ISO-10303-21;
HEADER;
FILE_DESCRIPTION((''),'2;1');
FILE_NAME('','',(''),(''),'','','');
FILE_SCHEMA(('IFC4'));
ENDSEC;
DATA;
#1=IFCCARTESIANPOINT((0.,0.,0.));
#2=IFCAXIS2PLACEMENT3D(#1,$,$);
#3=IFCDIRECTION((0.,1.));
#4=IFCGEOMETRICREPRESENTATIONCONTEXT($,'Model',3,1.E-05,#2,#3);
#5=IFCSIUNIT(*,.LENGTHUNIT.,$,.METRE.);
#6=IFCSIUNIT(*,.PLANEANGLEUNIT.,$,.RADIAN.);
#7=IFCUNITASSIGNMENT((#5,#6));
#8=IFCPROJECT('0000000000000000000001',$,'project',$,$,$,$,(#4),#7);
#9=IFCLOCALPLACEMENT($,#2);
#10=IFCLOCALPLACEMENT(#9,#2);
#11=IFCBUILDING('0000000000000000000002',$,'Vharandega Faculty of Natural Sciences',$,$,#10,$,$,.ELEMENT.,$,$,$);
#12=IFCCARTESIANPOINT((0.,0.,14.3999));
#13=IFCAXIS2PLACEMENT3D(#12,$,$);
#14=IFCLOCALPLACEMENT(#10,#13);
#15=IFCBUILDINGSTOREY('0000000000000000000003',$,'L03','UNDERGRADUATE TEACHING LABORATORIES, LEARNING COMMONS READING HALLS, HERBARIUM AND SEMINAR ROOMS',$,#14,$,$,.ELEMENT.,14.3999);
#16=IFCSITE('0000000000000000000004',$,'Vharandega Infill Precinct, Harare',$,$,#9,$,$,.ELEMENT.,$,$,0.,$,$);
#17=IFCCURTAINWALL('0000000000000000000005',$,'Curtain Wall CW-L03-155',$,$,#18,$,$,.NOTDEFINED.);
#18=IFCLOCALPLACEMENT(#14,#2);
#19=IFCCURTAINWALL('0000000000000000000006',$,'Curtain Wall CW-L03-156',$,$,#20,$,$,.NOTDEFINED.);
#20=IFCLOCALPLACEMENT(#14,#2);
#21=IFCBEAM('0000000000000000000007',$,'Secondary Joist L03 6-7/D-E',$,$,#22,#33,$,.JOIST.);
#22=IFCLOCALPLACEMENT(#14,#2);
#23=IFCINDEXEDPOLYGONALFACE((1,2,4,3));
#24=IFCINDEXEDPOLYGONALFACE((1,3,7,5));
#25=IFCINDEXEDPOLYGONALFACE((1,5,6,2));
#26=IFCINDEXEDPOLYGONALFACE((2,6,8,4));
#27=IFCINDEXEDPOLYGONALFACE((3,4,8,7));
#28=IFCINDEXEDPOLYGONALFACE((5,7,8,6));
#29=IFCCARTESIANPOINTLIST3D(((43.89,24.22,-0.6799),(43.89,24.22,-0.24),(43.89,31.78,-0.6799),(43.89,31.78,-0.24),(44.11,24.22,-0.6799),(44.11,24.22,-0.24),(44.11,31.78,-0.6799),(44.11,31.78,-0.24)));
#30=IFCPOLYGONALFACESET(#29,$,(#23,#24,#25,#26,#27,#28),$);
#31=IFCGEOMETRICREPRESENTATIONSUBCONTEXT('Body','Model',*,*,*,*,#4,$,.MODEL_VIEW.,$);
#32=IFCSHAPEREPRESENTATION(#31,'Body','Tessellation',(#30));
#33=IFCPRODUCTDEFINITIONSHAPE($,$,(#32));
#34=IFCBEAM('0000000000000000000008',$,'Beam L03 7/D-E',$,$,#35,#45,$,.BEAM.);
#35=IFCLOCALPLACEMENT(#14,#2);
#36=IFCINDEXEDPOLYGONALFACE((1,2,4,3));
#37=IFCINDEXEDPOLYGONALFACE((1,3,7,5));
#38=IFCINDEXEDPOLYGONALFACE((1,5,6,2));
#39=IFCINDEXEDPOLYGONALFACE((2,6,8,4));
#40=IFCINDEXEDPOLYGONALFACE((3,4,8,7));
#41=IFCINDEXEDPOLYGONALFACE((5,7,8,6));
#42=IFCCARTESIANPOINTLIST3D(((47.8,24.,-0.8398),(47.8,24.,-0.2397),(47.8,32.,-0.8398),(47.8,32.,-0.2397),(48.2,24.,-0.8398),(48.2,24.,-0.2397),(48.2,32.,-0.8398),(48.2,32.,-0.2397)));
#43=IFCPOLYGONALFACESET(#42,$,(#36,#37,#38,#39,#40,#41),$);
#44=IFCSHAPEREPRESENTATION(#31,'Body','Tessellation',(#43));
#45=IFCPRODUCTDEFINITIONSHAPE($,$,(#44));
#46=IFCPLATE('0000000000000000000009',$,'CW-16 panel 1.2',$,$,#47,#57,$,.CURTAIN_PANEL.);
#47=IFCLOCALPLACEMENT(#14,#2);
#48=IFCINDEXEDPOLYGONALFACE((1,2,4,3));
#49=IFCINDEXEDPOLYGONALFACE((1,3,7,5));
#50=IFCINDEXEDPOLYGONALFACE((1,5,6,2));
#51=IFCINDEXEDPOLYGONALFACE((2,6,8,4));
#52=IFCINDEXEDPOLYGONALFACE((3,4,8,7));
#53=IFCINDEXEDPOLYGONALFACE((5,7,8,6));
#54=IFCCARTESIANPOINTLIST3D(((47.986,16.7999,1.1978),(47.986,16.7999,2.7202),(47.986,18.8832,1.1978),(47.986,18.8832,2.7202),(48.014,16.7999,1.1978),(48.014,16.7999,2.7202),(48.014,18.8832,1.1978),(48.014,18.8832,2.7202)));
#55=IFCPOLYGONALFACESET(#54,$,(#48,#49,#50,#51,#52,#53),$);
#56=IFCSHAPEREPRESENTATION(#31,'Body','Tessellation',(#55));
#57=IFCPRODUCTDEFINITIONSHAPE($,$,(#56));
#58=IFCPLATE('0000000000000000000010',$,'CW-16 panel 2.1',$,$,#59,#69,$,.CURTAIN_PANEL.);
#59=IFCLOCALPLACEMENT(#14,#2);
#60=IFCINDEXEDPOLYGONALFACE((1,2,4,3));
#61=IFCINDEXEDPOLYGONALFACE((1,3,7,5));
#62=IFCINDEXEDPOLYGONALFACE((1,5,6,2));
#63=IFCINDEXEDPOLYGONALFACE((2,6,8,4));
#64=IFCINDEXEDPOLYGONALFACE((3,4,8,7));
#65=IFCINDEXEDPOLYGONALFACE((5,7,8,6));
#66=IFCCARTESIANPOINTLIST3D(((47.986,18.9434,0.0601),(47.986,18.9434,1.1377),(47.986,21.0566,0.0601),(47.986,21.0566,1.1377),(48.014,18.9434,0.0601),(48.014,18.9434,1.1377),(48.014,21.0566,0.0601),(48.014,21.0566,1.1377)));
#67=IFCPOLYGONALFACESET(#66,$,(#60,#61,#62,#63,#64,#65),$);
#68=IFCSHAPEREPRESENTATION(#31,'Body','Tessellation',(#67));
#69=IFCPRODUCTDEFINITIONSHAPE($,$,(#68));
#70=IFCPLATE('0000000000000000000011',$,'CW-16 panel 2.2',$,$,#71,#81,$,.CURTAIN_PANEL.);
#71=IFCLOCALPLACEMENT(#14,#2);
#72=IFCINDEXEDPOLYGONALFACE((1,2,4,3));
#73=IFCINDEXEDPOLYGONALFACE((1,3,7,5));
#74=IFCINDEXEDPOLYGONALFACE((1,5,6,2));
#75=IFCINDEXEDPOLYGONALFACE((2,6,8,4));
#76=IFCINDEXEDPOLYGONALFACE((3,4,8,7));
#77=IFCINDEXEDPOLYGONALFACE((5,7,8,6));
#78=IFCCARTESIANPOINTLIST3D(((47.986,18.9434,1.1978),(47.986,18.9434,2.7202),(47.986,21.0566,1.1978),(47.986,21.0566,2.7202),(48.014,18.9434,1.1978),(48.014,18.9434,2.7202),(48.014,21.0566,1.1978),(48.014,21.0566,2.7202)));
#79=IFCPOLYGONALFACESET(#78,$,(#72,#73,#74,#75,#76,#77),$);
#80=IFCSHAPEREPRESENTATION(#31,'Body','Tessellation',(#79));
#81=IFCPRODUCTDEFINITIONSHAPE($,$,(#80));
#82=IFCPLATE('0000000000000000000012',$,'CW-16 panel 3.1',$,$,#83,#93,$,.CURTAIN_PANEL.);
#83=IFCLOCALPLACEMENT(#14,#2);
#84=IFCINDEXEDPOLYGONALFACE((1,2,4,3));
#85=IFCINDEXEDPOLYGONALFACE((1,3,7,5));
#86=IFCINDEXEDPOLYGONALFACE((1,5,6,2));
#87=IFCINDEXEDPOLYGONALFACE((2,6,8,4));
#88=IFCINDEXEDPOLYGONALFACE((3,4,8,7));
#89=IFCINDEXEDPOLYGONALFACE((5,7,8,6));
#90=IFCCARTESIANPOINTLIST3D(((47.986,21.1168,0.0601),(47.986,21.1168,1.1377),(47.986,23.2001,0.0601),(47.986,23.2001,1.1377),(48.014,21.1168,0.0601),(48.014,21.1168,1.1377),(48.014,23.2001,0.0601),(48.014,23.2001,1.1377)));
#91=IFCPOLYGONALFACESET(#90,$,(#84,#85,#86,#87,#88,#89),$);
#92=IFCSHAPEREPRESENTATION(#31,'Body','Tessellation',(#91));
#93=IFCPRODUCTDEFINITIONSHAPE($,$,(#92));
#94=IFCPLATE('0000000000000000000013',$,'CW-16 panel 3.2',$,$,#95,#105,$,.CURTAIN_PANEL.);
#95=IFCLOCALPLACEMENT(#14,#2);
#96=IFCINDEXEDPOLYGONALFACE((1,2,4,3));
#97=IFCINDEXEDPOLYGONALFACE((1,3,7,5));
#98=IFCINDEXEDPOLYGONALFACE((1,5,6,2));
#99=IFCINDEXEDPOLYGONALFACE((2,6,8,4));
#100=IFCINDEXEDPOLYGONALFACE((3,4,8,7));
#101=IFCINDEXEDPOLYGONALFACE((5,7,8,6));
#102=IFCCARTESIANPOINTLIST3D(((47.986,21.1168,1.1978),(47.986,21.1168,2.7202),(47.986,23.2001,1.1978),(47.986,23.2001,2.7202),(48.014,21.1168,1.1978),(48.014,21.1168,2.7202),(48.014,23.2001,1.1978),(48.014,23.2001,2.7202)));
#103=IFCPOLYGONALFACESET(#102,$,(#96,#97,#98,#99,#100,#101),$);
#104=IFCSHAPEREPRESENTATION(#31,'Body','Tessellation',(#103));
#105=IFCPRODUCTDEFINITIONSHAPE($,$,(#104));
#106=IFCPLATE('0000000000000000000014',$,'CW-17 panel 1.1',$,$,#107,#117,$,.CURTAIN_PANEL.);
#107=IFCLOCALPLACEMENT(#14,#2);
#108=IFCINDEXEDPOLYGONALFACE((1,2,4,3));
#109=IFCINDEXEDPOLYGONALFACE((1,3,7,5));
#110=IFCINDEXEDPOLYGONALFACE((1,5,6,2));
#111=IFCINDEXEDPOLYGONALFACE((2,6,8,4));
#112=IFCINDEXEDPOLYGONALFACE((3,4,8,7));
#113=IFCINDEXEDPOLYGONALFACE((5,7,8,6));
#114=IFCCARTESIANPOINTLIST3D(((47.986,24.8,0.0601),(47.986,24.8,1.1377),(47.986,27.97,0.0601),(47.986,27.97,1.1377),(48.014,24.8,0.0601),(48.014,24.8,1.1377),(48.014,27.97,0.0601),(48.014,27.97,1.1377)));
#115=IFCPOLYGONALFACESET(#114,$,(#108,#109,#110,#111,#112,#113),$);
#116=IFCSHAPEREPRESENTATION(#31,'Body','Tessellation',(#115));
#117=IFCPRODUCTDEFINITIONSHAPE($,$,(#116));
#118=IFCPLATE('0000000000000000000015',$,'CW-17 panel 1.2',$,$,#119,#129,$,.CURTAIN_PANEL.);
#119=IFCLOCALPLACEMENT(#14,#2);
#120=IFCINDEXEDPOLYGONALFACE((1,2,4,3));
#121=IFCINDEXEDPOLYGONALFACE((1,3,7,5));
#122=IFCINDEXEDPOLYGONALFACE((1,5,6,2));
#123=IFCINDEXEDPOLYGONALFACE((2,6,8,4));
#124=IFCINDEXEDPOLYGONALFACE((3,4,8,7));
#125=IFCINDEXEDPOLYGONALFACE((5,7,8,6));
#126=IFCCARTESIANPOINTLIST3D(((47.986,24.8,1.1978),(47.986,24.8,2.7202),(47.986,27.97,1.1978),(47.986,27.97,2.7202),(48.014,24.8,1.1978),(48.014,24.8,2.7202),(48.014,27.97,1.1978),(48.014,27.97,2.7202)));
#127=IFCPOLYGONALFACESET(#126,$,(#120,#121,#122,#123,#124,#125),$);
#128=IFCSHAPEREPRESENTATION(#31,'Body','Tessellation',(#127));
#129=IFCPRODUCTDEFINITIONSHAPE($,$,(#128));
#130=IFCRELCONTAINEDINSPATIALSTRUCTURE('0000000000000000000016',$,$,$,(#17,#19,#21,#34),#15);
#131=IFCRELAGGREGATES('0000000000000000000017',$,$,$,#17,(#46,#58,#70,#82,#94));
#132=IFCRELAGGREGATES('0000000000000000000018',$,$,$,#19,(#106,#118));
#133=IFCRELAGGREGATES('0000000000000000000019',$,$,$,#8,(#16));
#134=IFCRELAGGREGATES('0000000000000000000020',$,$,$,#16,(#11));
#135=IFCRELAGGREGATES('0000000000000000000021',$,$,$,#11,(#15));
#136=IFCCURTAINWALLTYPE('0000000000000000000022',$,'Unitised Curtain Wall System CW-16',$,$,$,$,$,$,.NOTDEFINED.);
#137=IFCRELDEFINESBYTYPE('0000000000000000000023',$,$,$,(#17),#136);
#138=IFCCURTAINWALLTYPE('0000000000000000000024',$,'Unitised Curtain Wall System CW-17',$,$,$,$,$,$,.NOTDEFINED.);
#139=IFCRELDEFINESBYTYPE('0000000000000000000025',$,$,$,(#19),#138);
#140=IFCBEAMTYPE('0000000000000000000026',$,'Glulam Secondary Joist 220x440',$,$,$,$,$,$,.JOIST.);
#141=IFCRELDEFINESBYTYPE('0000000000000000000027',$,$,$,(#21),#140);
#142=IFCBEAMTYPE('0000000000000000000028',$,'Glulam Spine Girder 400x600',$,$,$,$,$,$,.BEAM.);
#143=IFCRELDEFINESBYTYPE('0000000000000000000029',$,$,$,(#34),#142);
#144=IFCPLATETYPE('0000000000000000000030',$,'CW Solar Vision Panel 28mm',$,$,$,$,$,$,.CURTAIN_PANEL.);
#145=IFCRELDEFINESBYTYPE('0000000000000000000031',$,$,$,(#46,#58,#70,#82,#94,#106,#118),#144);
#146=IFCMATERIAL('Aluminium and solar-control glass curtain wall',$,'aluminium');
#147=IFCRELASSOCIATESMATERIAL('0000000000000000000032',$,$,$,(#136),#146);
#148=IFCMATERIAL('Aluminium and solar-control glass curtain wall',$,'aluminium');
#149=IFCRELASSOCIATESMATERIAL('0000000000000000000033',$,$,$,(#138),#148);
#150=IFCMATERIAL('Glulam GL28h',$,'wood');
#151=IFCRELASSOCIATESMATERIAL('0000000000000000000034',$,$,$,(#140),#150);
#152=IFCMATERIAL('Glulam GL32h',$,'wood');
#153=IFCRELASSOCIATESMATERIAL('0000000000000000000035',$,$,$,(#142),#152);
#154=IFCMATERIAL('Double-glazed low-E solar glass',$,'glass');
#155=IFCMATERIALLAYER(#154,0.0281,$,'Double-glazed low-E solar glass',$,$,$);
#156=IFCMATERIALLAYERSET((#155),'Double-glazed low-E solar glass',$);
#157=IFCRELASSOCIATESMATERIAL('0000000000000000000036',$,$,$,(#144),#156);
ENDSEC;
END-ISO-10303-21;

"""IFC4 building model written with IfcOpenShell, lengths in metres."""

from ifc_helpers import new_model, si_unit, direction, frame, origin, origin_2d, place, context, subcontext, project, spatial, rectangle, extrude, material, layer, layer_set, material_profile, profile_set, type_object, element, aggregate, save


model = new_model("IFC4")

# Units and contexts
model_context = context("Model", 3, precision=1e-05, world=origin(), true_north=direction((0.0, 1.0)))
body_context = subcontext(model_context, "Body", "Model", "MODEL_VIEW")
ifc_project = project(units=[si_unit("LENGTHUNIT", "METRE"), si_unit("PLANEANGLEUNIT", "RADIAN")], contexts=[model_context])

# Site, building, storey
site_placement = place(None, origin())
site = spatial("IfcSite", under=ifc_project, at=site_placement, Name="Vharandega Infill Precinct, Harare", CompositionType="ELEMENT", RefElevation=0.0)
building_placement = place(site_placement, origin())
building = spatial("IfcBuilding", under=site, at=building_placement, Name="Vharandega Faculty of Natural Sciences", CompositionType="ELEMENT")
storey_placement = place(building_placement, frame((0.0, 0.0, 14.3999)))
storey = spatial("IfcBuildingStorey", under=building, at=storey_placement, Name="L03", Description="UNDERGRADUATE TEACHING LABORATORIES, LEARNING COMMONS READING HALLS, HERBARIUM AND SEMINAR ROOMS", CompositionType="ELEMENT", Elevation=14.3999)

# Curtain wall
ifc_material_1 = material(Name="Aluminium and solar-control glass curtain wall", Category="aluminium")
curtain_wall_type_1 = type_object("IfcCurtainWallType", Name="Unitised Curtain Wall System CW-16", PredefinedType="NOTDEFINED", material=ifc_material_1)
curtain_wall_1_placement = place(storey_placement, origin())
curtain_wall_1 = element("IfcCurtainWall", 1, at=curtain_wall_1_placement, inside=storey, type_object=curtain_wall_type_1, Name="Curtain Wall CW-L03-155", PredefinedType="NOTDEFINED")

# Curtain wall
ifc_material_2 = material(Name="Aluminium and solar-control glass curtain wall", Category="aluminium")
curtain_wall_type_2 = type_object("IfcCurtainWallType", Name="Unitised Curtain Wall System CW-17", PredefinedType="NOTDEFINED", material=ifc_material_2)
curtain_wall_2_placement = place(storey_placement, origin())
curtain_wall_2 = element("IfcCurtainWall", 2, at=curtain_wall_2_placement, inside=storey, type_object=curtain_wall_type_2, Name="Curtain Wall CW-L03-156", PredefinedType="NOTDEFINED")

# Beams
ifc_material_3 = material(Name="Glulam GL28h", Category="wood")
ifc_material_profile_1 = material_profile(ifc_material_3, rectangle(XDim=0.22, YDim=0.4399, at=origin_2d()), Name="GL28h 220x440")
ifc_profile_set_1 = profile_set([ifc_material_profile_1], Name="Glulam GL28h")
beam_type_1 = type_object("IfcBeamType", Name="Glulam Secondary Joist 220x440", PredefinedType="JOIST", material=ifc_profile_set_1)
beam_1_placement = place(storey_placement, frame((44.0, 24.22, -0.46), z_axis=(0.0, 1.0, 0.0), x_axis=(-1.0, 0.0, 0.0)))
element("IfcBeam", 3, at=beam_1_placement, inside=storey, type_object=beam_type_1, Name="Secondary Joist L03 6-7/D-E", PredefinedType="JOIST", context=body_context, shape_type="SweptSolid", body=[
    extrude(rectangle(XDim=0.22, YDim=0.4399, at=origin_2d()), origin(), (0.0, 0.0, 1.0), 7.5601),
])
ifc_material_4 = material(Name="Glulam GL32h", Category="wood")
ifc_material_profile_2 = material_profile(ifc_material_4, rectangle(XDim=0.3999, YDim=0.6001, at=origin_2d()), Name="GL32h 400x600")
ifc_profile_set_2 = profile_set([ifc_material_profile_2], Name="Glulam GL32h")
beam_type_2 = type_object("IfcBeamType", Name="Glulam Spine Girder 400x600", PredefinedType="BEAM", material=ifc_profile_set_2)
beam_2_placement = place(storey_placement, frame((48.0, 24.0, -0.5398), z_axis=(0.0, 1.0, 0.0), x_axis=(-1.0, 0.0, 0.0)))
element("IfcBeam", 4, at=beam_2_placement, inside=storey, type_object=beam_type_2, Name="Beam L03 7/D-E", PredefinedType="BEAM", context=body_context, shape_type="SweptSolid", body=[
    extrude(rectangle(XDim=0.3999, YDim=0.6001, at=origin_2d()), origin(), (0.0, 0.0, 1.0), 8.0),
])

# Plates
ifc_material_5 = material(Name="Double-glazed low-E solar glass", Category="glass")
ifc_layer = layer(ifc_material_5, 0.0281, Name="Double-glazed low-E solar glass")
ifc_layer_set = layer_set([ifc_layer], Name="Double-glazed low-E solar glass")
plate_type = type_object("IfcPlateType", Name="CW Solar Vision Panel 28mm", PredefinedType="CURTAIN_PANEL", material=ifc_layer_set)
plate_1_placement = place(storey_placement, frame((48.0, 17.8416, 1.1978), z_axis=(0.0, 0.0, 1.0), x_axis=(0.0, 1.0, 0.0)))
plate_1 = element("IfcPlate", 5, at=plate_1_placement, type_object=plate_type, Name="CW-16 panel 1.2", PredefinedType="CURTAIN_PANEL", context=body_context, shape_type="SweptSolid", body=[
    extrude(rectangle(XDim=2.0833, YDim=0.0281, at=origin_2d()), origin(), (0.0, 0.0, 1.0), 1.5225),
])
plate_2_placement = place(storey_placement, frame((48.0, 20.0, 0.0601), z_axis=(0.0, 0.0, 1.0), x_axis=(0.0, 1.0, 0.0)))
plate_2 = element("IfcPlate", 6, at=plate_2_placement, type_object=plate_type, Name="CW-16 panel 2.1", PredefinedType="CURTAIN_PANEL", context=body_context, shape_type="SweptSolid", body=[
    extrude(rectangle(XDim=2.1133, YDim=0.0281, at=origin_2d()), origin(), (0.0, 0.0, 1.0), 1.0776),
])
plate_3_placement = place(storey_placement, frame((48.0, 20.0, 1.1978), z_axis=(0.0, 0.0, 1.0), x_axis=(0.0, 1.0, 0.0)))
plate_3 = element("IfcPlate", 7, at=plate_3_placement, type_object=plate_type, Name="CW-16 panel 2.2", PredefinedType="CURTAIN_PANEL", context=body_context, shape_type="SweptSolid", body=[
    extrude(rectangle(XDim=2.1133, YDim=0.0281, at=origin_2d()), origin(), (0.0, 0.0, 1.0), 1.5225),
])
plate_4_placement = place(storey_placement, frame((48.0, 22.1584, 0.0601), z_axis=(0.0, 0.0, 1.0), x_axis=(0.0, 1.0, 0.0)))
plate_4 = element("IfcPlate", 8, at=plate_4_placement, type_object=plate_type, Name="CW-16 panel 3.1", PredefinedType="CURTAIN_PANEL", context=body_context, shape_type="SweptSolid", body=[
    extrude(rectangle(XDim=2.0833, YDim=0.0281, at=origin_2d()), origin(), (0.0, 0.0, 1.0), 1.0776),
])
plate_5_placement = place(storey_placement, frame((48.0, 22.1584, 1.1978), z_axis=(0.0, 0.0, 1.0), x_axis=(0.0, 1.0, 0.0)))
plate_5 = element("IfcPlate", 9, at=plate_5_placement, type_object=plate_type, Name="CW-16 panel 3.2", PredefinedType="CURTAIN_PANEL", context=body_context, shape_type="SweptSolid", body=[
    extrude(rectangle(XDim=2.0833, YDim=0.0281, at=origin_2d()), origin(), (0.0, 0.0, 1.0), 1.5225),
])
aggregate(curtain_wall_1, [plate_1, plate_2, plate_3, plate_4, plate_5])
plate_6_placement = place(storey_placement, frame((48.0, 26.385, 0.0601), z_axis=(0.0, 0.0, 1.0), x_axis=(0.0, 1.0, 0.0)))
plate_6 = element("IfcPlate", 10, at=plate_6_placement, type_object=plate_type, Name="CW-17 panel 1.1", PredefinedType="CURTAIN_PANEL", context=body_context, shape_type="SweptSolid", body=[
    extrude(rectangle(XDim=3.1699, YDim=0.0281, at=origin_2d()), origin(), (0.0, 0.0, 1.0), 1.0776),
])
plate_7_placement = place(storey_placement, frame((48.0, 26.385, 1.1978), z_axis=(0.0, 0.0, 1.0), x_axis=(0.0, 1.0, 0.0)))
plate_7 = element("IfcPlate", 11, at=plate_7_placement, type_object=plate_type, Name="CW-17 panel 1.2", PredefinedType="CURTAIN_PANEL", context=body_context, shape_type="SweptSolid", body=[
    extrude(rectangle(XDim=3.1699, YDim=0.0281, at=origin_2d()), origin(), (0.0, 0.0, 1.0), 1.5225),
])
aggregate(curtain_wall_2, [plate_6, plate_7])

save(model, "model.ifc")
